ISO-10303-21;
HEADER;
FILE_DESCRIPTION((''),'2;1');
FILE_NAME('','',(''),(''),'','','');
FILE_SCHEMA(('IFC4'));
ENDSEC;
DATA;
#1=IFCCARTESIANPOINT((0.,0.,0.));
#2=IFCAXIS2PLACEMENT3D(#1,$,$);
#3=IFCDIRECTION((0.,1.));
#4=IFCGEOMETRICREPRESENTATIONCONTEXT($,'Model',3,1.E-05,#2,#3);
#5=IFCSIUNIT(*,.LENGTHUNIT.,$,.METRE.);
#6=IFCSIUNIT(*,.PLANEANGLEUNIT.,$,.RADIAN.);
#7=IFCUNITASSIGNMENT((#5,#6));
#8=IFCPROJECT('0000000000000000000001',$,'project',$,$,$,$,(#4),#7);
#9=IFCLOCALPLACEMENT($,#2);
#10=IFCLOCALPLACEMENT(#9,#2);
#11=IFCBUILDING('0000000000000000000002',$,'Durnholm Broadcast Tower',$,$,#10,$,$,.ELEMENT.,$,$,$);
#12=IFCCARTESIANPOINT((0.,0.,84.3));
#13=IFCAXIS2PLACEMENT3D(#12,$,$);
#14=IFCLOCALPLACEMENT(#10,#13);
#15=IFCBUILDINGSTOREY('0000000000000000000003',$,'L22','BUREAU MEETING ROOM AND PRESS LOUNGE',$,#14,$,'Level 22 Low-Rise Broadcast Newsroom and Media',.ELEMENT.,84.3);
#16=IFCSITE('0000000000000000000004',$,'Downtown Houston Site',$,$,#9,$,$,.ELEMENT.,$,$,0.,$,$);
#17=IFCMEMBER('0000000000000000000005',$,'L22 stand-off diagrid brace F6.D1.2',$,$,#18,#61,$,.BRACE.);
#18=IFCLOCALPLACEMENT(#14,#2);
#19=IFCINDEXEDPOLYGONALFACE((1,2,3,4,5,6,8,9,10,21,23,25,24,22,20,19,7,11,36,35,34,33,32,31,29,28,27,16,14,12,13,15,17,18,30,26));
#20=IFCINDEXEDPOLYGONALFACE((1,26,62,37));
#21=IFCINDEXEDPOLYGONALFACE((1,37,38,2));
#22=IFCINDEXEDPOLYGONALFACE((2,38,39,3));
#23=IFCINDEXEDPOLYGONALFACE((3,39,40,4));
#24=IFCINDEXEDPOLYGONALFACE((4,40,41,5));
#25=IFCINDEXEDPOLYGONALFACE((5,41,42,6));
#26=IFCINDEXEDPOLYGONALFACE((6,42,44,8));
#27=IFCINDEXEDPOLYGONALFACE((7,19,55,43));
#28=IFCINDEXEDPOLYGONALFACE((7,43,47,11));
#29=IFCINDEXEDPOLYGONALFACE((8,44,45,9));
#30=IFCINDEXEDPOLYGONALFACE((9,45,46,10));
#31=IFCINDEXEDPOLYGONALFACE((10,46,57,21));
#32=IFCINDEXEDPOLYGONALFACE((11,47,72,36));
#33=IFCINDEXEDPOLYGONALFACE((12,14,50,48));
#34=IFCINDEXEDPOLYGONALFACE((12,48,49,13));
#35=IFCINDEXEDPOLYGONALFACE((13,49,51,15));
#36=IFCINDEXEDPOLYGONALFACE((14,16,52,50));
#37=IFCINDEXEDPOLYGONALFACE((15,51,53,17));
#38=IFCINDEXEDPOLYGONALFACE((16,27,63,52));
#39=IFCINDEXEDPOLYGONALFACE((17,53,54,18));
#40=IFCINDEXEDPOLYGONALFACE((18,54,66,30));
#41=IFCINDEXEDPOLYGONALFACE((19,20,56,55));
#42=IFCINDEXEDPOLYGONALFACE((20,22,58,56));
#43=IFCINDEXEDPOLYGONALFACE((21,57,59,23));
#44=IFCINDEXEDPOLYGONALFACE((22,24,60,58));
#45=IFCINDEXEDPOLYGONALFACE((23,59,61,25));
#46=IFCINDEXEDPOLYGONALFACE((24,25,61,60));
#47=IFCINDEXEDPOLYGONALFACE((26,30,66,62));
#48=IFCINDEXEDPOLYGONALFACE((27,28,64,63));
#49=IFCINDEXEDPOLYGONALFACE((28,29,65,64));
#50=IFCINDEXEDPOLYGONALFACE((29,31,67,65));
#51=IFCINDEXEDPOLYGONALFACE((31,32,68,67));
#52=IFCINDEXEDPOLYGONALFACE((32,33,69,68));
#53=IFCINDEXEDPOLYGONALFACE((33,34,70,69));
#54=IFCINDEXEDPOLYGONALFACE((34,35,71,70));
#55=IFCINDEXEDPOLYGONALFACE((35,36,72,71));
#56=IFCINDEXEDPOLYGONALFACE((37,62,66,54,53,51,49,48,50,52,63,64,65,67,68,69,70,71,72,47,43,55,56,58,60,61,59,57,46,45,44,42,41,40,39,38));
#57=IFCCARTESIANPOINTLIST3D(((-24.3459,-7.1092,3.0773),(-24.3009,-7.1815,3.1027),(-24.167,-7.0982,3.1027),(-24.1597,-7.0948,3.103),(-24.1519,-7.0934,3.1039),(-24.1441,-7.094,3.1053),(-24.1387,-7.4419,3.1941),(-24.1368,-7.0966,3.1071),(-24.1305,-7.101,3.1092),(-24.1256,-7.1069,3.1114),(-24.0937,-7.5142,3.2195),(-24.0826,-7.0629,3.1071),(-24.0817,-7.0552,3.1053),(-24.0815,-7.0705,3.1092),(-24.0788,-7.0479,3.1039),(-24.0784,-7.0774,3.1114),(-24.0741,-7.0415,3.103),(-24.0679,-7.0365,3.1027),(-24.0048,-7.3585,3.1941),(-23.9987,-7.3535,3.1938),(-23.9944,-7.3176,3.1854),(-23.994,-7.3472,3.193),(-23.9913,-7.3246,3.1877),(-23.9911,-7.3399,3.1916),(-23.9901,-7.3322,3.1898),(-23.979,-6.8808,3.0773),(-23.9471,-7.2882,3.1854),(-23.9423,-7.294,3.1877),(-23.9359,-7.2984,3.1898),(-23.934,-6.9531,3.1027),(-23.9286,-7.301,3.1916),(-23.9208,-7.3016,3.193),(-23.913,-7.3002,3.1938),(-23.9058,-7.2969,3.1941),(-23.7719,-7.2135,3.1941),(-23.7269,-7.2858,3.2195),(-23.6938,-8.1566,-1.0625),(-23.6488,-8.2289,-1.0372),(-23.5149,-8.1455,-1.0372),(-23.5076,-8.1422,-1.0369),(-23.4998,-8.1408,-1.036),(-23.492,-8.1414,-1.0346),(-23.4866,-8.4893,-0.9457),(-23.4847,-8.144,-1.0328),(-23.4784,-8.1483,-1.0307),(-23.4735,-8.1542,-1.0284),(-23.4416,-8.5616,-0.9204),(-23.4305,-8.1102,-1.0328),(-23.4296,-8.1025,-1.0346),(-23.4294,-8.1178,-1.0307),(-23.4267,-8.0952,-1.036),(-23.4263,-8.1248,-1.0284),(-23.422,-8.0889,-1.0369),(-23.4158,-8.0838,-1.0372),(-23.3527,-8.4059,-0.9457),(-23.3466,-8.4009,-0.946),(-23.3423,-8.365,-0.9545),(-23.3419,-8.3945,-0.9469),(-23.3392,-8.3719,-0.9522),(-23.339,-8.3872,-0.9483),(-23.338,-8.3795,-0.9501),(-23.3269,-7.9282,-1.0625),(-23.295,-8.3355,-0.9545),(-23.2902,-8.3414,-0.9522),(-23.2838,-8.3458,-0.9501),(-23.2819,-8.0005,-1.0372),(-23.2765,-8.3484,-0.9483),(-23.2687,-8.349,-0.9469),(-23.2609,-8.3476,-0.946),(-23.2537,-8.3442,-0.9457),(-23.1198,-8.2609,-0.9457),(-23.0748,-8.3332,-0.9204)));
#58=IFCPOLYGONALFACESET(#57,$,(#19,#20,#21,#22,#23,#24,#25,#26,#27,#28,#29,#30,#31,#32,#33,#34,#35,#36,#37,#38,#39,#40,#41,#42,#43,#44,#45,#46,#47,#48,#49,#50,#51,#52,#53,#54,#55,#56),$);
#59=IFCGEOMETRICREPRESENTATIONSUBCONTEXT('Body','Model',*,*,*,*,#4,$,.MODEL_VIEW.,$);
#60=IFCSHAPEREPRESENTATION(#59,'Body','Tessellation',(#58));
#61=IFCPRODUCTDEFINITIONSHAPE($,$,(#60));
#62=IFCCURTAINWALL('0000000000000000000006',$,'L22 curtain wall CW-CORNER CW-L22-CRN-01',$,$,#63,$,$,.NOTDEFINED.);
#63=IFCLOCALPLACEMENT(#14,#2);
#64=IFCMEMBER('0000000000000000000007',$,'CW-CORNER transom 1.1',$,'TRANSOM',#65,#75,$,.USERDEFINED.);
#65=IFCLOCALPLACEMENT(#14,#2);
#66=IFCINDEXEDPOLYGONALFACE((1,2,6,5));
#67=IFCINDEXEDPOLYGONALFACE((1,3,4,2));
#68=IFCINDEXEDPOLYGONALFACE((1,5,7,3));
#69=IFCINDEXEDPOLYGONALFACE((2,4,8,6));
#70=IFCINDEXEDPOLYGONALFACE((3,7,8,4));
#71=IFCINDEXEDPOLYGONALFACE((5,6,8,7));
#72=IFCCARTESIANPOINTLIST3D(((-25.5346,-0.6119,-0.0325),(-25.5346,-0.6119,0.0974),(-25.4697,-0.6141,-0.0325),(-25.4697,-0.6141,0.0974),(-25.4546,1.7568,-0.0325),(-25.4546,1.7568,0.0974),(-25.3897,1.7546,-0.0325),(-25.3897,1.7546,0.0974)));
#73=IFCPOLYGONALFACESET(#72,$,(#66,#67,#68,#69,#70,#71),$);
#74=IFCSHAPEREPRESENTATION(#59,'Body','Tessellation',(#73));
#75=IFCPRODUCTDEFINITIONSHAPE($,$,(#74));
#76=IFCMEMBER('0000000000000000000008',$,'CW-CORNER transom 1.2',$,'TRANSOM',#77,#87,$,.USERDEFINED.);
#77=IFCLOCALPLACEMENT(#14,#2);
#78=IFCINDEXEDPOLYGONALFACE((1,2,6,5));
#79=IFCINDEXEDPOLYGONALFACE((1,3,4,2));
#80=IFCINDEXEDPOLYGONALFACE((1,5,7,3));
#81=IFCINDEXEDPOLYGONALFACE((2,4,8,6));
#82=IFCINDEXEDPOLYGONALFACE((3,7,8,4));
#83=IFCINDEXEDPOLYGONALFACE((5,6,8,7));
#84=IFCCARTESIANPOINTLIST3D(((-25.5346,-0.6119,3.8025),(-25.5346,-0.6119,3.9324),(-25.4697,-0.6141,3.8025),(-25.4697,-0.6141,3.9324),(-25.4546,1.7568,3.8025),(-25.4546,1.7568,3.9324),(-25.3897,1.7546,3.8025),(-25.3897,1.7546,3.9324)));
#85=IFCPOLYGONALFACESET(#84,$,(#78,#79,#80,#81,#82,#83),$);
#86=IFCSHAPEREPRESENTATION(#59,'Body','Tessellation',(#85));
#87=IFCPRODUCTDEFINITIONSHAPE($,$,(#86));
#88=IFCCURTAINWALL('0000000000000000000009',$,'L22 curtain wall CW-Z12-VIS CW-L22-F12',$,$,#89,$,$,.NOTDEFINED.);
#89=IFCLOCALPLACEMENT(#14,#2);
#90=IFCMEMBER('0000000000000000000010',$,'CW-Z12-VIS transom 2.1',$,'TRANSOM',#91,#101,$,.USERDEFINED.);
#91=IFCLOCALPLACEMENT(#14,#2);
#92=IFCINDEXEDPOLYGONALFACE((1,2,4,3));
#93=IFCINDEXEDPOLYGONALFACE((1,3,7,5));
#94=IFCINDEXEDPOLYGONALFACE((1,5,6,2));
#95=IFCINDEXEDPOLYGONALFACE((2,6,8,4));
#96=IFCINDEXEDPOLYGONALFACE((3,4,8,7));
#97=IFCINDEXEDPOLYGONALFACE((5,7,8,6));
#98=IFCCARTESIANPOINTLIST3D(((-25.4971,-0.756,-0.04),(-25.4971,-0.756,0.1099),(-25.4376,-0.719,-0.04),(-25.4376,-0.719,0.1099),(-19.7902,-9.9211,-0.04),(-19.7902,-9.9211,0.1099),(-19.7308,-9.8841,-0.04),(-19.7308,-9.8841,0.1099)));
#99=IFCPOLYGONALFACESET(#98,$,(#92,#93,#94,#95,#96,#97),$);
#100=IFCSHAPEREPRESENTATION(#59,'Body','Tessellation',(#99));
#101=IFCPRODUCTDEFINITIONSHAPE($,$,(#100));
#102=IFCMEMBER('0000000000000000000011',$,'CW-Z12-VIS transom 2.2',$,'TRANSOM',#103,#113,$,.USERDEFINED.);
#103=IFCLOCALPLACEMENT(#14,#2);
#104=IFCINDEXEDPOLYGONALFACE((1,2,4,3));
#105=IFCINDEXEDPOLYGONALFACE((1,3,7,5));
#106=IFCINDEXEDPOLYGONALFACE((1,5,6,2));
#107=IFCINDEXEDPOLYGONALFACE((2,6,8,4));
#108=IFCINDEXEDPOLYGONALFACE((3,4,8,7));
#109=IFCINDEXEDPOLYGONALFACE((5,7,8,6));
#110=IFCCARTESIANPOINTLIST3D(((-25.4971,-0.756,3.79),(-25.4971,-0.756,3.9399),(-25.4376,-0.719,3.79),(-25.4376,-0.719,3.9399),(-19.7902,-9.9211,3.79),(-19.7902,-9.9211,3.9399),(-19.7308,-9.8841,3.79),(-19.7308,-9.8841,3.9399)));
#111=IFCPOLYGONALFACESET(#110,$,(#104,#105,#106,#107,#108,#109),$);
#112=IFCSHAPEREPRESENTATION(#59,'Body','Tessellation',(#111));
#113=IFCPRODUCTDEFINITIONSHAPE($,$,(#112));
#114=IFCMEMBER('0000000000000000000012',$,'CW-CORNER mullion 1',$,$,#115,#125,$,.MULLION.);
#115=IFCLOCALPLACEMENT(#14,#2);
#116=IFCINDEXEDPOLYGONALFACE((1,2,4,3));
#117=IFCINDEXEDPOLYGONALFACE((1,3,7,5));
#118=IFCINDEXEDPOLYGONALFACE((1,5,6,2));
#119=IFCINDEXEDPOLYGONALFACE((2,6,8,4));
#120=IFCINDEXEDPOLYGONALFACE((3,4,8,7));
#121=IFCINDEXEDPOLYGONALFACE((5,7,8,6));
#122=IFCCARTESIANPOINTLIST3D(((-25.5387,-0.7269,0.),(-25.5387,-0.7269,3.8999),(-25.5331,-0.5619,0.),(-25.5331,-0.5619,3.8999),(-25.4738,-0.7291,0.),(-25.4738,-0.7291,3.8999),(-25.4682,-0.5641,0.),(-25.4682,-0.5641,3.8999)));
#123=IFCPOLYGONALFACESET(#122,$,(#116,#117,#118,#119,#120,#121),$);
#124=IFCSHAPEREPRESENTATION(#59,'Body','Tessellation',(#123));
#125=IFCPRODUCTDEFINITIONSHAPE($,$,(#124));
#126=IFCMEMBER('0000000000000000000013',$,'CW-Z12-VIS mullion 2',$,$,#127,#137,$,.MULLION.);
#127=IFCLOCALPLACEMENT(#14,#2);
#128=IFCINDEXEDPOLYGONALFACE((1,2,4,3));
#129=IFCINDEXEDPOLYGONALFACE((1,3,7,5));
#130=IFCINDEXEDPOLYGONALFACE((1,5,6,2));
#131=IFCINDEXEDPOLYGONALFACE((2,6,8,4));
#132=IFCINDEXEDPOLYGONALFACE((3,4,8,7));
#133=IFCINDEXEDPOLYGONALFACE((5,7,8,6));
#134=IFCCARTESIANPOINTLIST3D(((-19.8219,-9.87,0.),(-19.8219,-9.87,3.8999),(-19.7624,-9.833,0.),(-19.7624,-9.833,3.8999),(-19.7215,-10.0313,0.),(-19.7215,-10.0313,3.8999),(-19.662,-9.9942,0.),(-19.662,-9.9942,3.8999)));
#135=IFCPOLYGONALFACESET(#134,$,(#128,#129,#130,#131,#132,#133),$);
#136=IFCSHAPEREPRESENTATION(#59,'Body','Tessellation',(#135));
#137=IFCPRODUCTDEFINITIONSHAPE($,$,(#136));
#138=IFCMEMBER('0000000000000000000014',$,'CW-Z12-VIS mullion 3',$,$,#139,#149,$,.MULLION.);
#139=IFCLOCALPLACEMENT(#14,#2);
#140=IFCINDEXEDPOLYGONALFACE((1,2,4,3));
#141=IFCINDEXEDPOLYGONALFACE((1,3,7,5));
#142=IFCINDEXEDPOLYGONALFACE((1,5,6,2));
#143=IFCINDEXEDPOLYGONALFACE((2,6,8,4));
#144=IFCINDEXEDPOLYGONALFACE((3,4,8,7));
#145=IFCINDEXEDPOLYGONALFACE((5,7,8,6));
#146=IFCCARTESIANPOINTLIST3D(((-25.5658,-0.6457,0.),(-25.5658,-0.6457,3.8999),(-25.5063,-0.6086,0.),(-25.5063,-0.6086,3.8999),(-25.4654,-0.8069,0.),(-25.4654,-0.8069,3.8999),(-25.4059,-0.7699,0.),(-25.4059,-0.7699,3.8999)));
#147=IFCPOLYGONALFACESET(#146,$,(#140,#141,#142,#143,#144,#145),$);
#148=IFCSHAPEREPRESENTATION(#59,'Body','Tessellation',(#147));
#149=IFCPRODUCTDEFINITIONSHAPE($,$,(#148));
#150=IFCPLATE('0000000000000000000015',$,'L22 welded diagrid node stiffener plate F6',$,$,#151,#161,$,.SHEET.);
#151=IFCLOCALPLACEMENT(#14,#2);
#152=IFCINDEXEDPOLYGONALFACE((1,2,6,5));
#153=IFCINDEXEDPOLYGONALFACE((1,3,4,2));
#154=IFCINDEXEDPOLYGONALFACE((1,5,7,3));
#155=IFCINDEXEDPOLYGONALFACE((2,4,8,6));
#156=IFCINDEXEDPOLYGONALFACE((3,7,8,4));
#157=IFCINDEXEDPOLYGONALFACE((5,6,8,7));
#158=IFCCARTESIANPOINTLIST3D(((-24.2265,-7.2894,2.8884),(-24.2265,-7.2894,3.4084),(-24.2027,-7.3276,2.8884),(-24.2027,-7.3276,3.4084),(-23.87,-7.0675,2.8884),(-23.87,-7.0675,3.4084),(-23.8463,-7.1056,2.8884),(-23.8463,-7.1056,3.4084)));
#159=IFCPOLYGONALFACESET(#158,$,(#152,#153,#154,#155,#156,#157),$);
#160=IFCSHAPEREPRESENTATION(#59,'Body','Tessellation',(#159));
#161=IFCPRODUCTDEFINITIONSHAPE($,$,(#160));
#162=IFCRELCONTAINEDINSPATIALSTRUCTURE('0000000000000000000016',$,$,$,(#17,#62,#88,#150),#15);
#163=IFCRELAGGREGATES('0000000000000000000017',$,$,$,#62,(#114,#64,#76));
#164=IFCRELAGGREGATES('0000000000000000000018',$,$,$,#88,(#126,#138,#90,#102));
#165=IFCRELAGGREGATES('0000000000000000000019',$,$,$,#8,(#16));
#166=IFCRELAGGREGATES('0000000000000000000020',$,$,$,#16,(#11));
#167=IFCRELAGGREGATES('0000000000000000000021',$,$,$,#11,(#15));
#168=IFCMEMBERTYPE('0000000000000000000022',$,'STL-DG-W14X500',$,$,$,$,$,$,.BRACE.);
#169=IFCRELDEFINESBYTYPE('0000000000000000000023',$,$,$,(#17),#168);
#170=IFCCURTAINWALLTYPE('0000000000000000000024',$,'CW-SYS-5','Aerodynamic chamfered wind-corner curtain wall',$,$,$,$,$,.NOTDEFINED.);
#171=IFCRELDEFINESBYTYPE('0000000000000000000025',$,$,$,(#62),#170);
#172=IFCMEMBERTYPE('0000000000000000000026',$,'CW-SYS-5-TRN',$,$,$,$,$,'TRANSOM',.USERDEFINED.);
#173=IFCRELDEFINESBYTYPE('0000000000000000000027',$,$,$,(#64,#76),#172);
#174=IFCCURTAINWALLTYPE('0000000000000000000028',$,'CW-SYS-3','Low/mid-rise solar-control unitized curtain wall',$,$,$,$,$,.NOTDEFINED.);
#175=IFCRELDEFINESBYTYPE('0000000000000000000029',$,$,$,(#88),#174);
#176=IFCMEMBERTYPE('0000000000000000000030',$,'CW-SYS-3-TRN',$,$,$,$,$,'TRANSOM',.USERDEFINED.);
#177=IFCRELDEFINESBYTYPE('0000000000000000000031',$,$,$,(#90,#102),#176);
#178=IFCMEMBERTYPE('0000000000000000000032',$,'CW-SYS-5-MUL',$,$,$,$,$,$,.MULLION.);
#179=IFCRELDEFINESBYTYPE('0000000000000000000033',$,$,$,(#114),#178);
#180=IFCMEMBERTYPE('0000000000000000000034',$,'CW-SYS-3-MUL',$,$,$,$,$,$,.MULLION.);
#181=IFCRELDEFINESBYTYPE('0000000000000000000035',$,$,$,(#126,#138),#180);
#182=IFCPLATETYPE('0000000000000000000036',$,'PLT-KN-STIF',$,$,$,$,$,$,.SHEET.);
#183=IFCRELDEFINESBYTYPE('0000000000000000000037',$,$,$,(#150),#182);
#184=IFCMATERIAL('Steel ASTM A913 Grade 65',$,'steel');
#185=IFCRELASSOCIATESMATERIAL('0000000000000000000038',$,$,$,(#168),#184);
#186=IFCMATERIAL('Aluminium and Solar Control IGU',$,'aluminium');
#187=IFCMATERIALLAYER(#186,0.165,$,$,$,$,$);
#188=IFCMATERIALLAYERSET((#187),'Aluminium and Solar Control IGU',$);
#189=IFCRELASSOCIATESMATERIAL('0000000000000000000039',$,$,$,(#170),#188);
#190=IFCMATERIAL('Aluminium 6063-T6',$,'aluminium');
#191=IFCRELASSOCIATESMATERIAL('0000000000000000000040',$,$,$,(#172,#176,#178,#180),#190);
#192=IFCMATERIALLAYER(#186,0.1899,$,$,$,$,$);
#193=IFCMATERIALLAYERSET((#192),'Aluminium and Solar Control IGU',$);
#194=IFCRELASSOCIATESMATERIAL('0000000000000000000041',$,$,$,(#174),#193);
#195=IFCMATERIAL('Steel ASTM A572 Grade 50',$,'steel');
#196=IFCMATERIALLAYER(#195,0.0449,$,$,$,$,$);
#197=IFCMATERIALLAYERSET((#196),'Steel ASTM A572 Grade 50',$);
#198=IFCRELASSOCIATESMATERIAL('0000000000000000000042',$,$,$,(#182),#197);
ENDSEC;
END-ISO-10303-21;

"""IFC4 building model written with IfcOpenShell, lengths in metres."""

from ifc_helpers import new_model, si_unit, direction, frame, origin, origin_2d, place, context, subcontext, project, spatial, rectangle, i_section, extrude, source, transform, mapped, material, layer, layer_set, material_profile, profile_set, type_object, type_shapes, element, aggregate, save


model = new_model("IFC4")

# Units and contexts
model_context = context("Model", 3, precision=1e-05, world=origin(), true_north=direction((0.0, 1.0)))
body_context = subcontext(model_context, "Body", "Model", "MODEL_VIEW")
ifc_project = project(units=[si_unit("LENGTHUNIT", "METRE"), si_unit("PLANEANGLEUNIT", "RADIAN")], contexts=[model_context])

# Site, building, storey
site_placement = place(None, origin())
site = spatial("IfcSite", under=ifc_project, at=site_placement, Name="Downtown Houston Site", CompositionType="ELEMENT", RefElevation=0.0)
building_placement = place(site_placement, origin())
building = spatial("IfcBuilding", under=site, at=building_placement, Name="Durnholm Broadcast Tower", CompositionType="ELEMENT")
storey_placement = place(building_placement, frame((0.0, 0.0, 84.3)))
storey = spatial("IfcBuildingStorey", under=building, at=storey_placement, Name="L22", Description="BUREAU MEETING ROOM AND PRESS LOUNGE", LongName="Level 22 Low-Rise Broadcast Newsroom and Media", CompositionType="ELEMENT", Elevation=84.3)

# Member
ifc_material_1 = material(Name="Steel ASTM A913 Grade 65", Category="steel")
ifc_material_profile_1 = material_profile(ifc_material_1, i_section(OverallWidth=0.4321, OverallDepth=0.4978, WebThickness=0.0557, FlangeThickness=0.0889, FilletRadius=0.0305, at=origin_2d()), Name="W14X500")
ifc_profile_set_1 = profile_set([ifc_material_profile_1], Name="Steel ASTM A913 Grade 65")
member_type_1 = type_object("IfcMemberType", Name="STL-DG-W14X500", PredefinedType="BRACE", material=ifc_profile_set_1)
shared_shape_1 = source(origin(), body_context, "Body", "SweptSolid", [
    extrude(i_section(OverallWidth=0.4321, OverallDepth=0.4978, WebThickness=0.0557, FlangeThickness=0.0889, FilletRadius=0.0305, at=origin_2d()), origin(), (0.0, 0.0, 1.0), 4.3198),
])
type_shapes(member_type_1, [shared_shape_1])
for number, where, z_axis, x_axis, name in (
    (1, (-23.3843, -8.2449, -0.9915), (-0.150955, 0.242455, 0.958347), (-0.848909, -0.52854, 0.0), "L22 stand-off diagrid brace F6.D1.2"),
):
    element("IfcMember", number, at=place(storey_placement, frame(where, z_axis=z_axis, x_axis=x_axis)), inside=storey, type_object=member_type_1, Name=name, PredefinedType="BRACE", context=body_context, shape_type="MappedRepresentation", body=[
        mapped(shared_shape_1, transform((0.0, 0.0, 0.0), x_axis=(1.0, 0.0, 0.0), y_axis=(0.0, 1.0, 0.0), z_axis=(0.0, 0.0, 1.0), scale=1.0)),
    ])

# Curtain walls, members
ifc_material_2 = material(Name="Aluminium and Solar Control IGU", Category="aluminium")
ifc_layer_1 = layer(ifc_material_2, 0.165)
ifc_layer_set_1 = layer_set([ifc_layer_1], Name="Aluminium and Solar Control IGU")
curtain_wall_type_1 = type_object("IfcCurtainWallType", Name="CW-SYS-5", Description="Aerodynamic chamfered wind-corner curtain wall", PredefinedType="NOTDEFINED", material=ifc_layer_set_1)
curtain_wall_1_placement = place(storey_placement, origin())
curtain_wall_1 = element("IfcCurtainWall", 2, at=curtain_wall_1_placement, inside=storey, type_object=curtain_wall_type_1, Name="L22 curtain wall CW-CORNER CW-L22-CRN-01", PredefinedType="NOTDEFINED")
ifc_material_3 = material(Name="Aluminium 6063-T6", Category="aluminium")
ifc_material_profile_2 = material_profile(ifc_material_3, rectangle(XDim=0.0649, YDim=0.1299, at=origin_2d()), Name="CWT65X130")
ifc_profile_set_2 = profile_set([ifc_material_profile_2], Name="Aluminium 6063-T6")
member_type_2 = type_object("IfcMemberType", Name="CW-SYS-5-TRN", ElementType="TRANSOM", PredefinedType="USERDEFINED", material=ifc_profile_set_2)
shared_shape_2 = source(origin(), body_context, "Body", "SweptSolid", [
    extrude(rectangle(XDim=0.0649, YDim=0.1299, at=origin_2d()), origin(), (0.0, 0.0, 1.0), 2.3701),
])
type_shapes(member_type_2, [shared_shape_2])
member_1_placement = place(storey_placement, frame((-25.5022, -0.613, 0.0325), z_axis=(0.033788, 0.999429, 0.0), x_axis=(-0.999429, 0.033788, 0.0)))
member_1 = element("IfcMember", 3, at=member_1_placement, type_object=member_type_2, Name="CW-CORNER transom 1.1", ObjectType="TRANSOM", PredefinedType="USERDEFINED", context=body_context, shape_type="MappedRepresentation", body=[
    mapped(shared_shape_2, transform((0.0, 0.0, 0.0), x_axis=(1.0, 0.0, 0.0), y_axis=(0.0, 1.0, 0.0), z_axis=(0.0, 0.0, 1.0), scale=1.0)),
])
member_2_placement = place(storey_placement, frame((-25.5022, -0.613, 3.8674), z_axis=(0.033788, 0.999429, 0.0), x_axis=(-0.999429, 0.033788, 0.0)))
member_2 = element("IfcMember", 4, at=member_2_placement, type_object=member_type_2, Name="CW-CORNER transom 1.2", ObjectType="TRANSOM", PredefinedType="USERDEFINED", context=body_context, shape_type="MappedRepresentation", body=[
    mapped(shared_shape_2, transform((0.0, 0.0, 0.0), x_axis=(1.0, 0.0, 0.0), y_axis=(0.0, 1.0, 0.0), z_axis=(0.0, 0.0, 1.0), scale=1.0)),
])
ifc_layer_2 = layer(ifc_material_2, 0.1899)
ifc_layer_set_2 = layer_set([ifc_layer_2], Name="Aluminium and Solar Control IGU")
curtain_wall_type_2 = type_object("IfcCurtainWallType", Name="CW-SYS-3", Description="Low/mid-rise solar-control unitized curtain wall", PredefinedType="NOTDEFINED", material=ifc_layer_set_2)
curtain_wall_2_placement = place(storey_placement, origin())
curtain_wall_2 = element("IfcCurtainWall", 5, at=curtain_wall_2_placement, inside=storey, type_object=curtain_wall_type_2, Name="L22 curtain wall CW-Z12-VIS CW-L22-F12", PredefinedType="NOTDEFINED")
ifc_material_profile_3 = material_profile(ifc_material_3, rectangle(XDim=0.0701, YDim=0.1499, at=origin_2d()), Name="CWT70X150")
ifc_profile_set_3 = profile_set([ifc_material_profile_3], Name="Aluminium 6063-T6")
member_type_3 = type_object("IfcMemberType", Name="CW-SYS-3-TRN", ElementType="TRANSOM", PredefinedType="USERDEFINED", material=ifc_profile_set_3)
shared_shape_3 = source(origin(), body_context, "Body", "SweptSolid", [
    extrude(rectangle(XDim=0.0701, YDim=0.1499, at=origin_2d()), origin(), (0.0, 0.0, 1.0), 10.7966),
])
type_shapes(member_type_3, [shared_shape_3])
member_3_placement = place(storey_placement, frame((-19.7605, -9.9026, 0.0349), z_axis=(-0.528575, 0.848886, 0.0), x_axis=(-0.848886, -0.528575, 0.0)))
member_3 = element("IfcMember", 6, at=member_3_placement, type_object=member_type_3, Name="CW-Z12-VIS transom 2.1", ObjectType="TRANSOM", PredefinedType="USERDEFINED", context=body_context, shape_type="MappedRepresentation", body=[
    mapped(shared_shape_3, transform((0.0, 0.0, 0.0), x_axis=(1.0, 0.0, 0.0), y_axis=(0.0, 1.0, 0.0), z_axis=(0.0, 0.0, 1.0), scale=1.0)),
])
member_4_placement = place(storey_placement, frame((-19.7605, -9.9026, 3.865), z_axis=(-0.528575, 0.848886, 0.0), x_axis=(-0.848886, -0.528575, 0.0)))
member_4 = element("IfcMember", 7, at=member_4_placement, type_object=member_type_3, Name="CW-Z12-VIS transom 2.2", ObjectType="TRANSOM", PredefinedType="USERDEFINED", context=body_context, shape_type="MappedRepresentation", body=[
    mapped(shared_shape_3, transform((0.0, 0.0, 0.0), x_axis=(1.0, 0.0, 0.0), y_axis=(0.0, 1.0, 0.0), z_axis=(0.0, 0.0, 1.0), scale=1.0)),
])

# Members
ifc_material_profile_4 = material_profile(ifc_material_3, rectangle(XDim=0.0649, YDim=0.165, at=origin_2d()), Name="CWM65X165")
ifc_profile_set_4 = profile_set([ifc_material_profile_4], Name="Aluminium 6063-T6")
member_type_4 = type_object("IfcMemberType", Name="CW-SYS-5-MUL", PredefinedType="MULLION", material=ifc_profile_set_4)
shared_shape_4 = source(origin(), body_context, "Body", "SweptSolid", [
    extrude(rectangle(XDim=0.0649, YDim=0.165, at=origin_2d()), origin(), (0.0, 0.0, 1.0), 3.8999),
])
type_shapes(member_type_4, [shared_shape_4])
member_5_placement = place(storey_placement, frame((-25.5034, -0.6455, 0.0), z_axis=(0.0, 0.0, 1.0), x_axis=(-0.999427, 0.03384, 0.0)))
member_5 = element("IfcMember", 8, at=member_5_placement, type_object=member_type_4, Name="CW-CORNER mullion 1", PredefinedType="MULLION", context=body_context, shape_type="MappedRepresentation", body=[
    mapped(shared_shape_4, transform((0.0, 0.0, 0.0), x_axis=(1.0, 0.0, 0.0), y_axis=(0.0, 1.0, 0.0), z_axis=(0.0, 0.0, 1.0), scale=1.0)),
])
aggregate(curtain_wall_1, [member_5, member_1, member_2])
ifc_material_profile_5 = material_profile(ifc_material_3, rectangle(XDim=0.0701, YDim=0.1899, at=origin_2d()), Name="CWM70X190")
ifc_profile_set_5 = profile_set([ifc_material_profile_5], Name="Aluminium 6063-T6")
member_type_5 = type_object("IfcMemberType", Name="CW-SYS-3-MUL", PredefinedType="MULLION", material=ifc_profile_set_5)
shared_shape_5 = source(origin(), body_context, "Body", "SweptSolid", [
    extrude(rectangle(XDim=0.0701, YDim=0.1899, at=origin_2d()), origin(), (0.0, 0.0, 1.0), 3.8999),
])
type_shapes(member_type_5, [shared_shape_5])
member_6_placement = place(storey_placement, frame((-19.7419, -9.9321, 0.0), z_axis=(0.0, 0.0, 1.0), x_axis=(-0.848876, -0.528592, 0.0)))
member_6 = element("IfcMember", 9, at=member_6_placement, type_object=member_type_5, Name="CW-Z12-VIS mullion 2", PredefinedType="MULLION", context=body_context, shape_type="MappedRepresentation", body=[
    mapped(shared_shape_5, transform((0.0, 0.0, 0.0), x_axis=(1.0, 0.0, 0.0), y_axis=(0.0, 1.0, 0.0), z_axis=(0.0, 0.0, 1.0), scale=1.0)),
])
member_7_placement = place(storey_placement, frame((-25.4858, -0.7078, 0.0), z_axis=(0.0, 0.0, 1.0), x_axis=(-0.848876, -0.528592, 0.0)))
member_7 = element("IfcMember", 10, at=member_7_placement, type_object=member_type_5, Name="CW-Z12-VIS mullion 3", PredefinedType="MULLION", context=body_context, shape_type="MappedRepresentation", body=[
    mapped(shared_shape_5, transform((0.0, 0.0, 0.0), x_axis=(1.0, 0.0, 0.0), y_axis=(0.0, 1.0, 0.0), z_axis=(0.0, 0.0, 1.0), scale=1.0)),
])

# Plate
ifc_material_4 = material(Name="Steel ASTM A572 Grade 50", Category="steel")
ifc_layer_3 = layer(ifc_material_4, 0.0449)
ifc_layer_set_3 = layer_set([ifc_layer_3], Name="Steel ASTM A572 Grade 50")
plate_type_1 = type_object("IfcPlateType", Name="PLT-KN-STIF", PredefinedType="SHEET", material=ifc_layer_set_3)
shared_shape_6 = source(origin(), body_context, "Body", "SweptSolid", [
    extrude(rectangle(XDim=0.0449, YDim=0.4199, at=origin_2d()), origin(), (0.0, 0.0, 1.0), 0.52),
])
type_shapes(plate_type_1, [shared_shape_6])
plate_1_placement = place(storey_placement, frame((-24.0364, -7.1975, 2.8884), z_axis=(0.0, 0.0, 1.0), x_axis=(0.528587, -0.848879, 0.0)))
element("IfcPlate", 11, at=plate_1_placement, inside=storey, type_object=plate_type_1, Name="L22 welded diagrid node stiffener plate F6", PredefinedType="SHEET", context=body_context, shape_type="MappedRepresentation", body=[
    mapped(shared_shape_6, transform((0.0, 0.0, 0.0), x_axis=(1.0, 0.0, 0.0), y_axis=(0.0, 1.0, 0.0), z_axis=(0.0, 0.0, 1.0), scale=1.0)),
])

aggregate(curtain_wall_2, [member_6, member_7, member_3, member_4])

save(model, "model.ifc")
